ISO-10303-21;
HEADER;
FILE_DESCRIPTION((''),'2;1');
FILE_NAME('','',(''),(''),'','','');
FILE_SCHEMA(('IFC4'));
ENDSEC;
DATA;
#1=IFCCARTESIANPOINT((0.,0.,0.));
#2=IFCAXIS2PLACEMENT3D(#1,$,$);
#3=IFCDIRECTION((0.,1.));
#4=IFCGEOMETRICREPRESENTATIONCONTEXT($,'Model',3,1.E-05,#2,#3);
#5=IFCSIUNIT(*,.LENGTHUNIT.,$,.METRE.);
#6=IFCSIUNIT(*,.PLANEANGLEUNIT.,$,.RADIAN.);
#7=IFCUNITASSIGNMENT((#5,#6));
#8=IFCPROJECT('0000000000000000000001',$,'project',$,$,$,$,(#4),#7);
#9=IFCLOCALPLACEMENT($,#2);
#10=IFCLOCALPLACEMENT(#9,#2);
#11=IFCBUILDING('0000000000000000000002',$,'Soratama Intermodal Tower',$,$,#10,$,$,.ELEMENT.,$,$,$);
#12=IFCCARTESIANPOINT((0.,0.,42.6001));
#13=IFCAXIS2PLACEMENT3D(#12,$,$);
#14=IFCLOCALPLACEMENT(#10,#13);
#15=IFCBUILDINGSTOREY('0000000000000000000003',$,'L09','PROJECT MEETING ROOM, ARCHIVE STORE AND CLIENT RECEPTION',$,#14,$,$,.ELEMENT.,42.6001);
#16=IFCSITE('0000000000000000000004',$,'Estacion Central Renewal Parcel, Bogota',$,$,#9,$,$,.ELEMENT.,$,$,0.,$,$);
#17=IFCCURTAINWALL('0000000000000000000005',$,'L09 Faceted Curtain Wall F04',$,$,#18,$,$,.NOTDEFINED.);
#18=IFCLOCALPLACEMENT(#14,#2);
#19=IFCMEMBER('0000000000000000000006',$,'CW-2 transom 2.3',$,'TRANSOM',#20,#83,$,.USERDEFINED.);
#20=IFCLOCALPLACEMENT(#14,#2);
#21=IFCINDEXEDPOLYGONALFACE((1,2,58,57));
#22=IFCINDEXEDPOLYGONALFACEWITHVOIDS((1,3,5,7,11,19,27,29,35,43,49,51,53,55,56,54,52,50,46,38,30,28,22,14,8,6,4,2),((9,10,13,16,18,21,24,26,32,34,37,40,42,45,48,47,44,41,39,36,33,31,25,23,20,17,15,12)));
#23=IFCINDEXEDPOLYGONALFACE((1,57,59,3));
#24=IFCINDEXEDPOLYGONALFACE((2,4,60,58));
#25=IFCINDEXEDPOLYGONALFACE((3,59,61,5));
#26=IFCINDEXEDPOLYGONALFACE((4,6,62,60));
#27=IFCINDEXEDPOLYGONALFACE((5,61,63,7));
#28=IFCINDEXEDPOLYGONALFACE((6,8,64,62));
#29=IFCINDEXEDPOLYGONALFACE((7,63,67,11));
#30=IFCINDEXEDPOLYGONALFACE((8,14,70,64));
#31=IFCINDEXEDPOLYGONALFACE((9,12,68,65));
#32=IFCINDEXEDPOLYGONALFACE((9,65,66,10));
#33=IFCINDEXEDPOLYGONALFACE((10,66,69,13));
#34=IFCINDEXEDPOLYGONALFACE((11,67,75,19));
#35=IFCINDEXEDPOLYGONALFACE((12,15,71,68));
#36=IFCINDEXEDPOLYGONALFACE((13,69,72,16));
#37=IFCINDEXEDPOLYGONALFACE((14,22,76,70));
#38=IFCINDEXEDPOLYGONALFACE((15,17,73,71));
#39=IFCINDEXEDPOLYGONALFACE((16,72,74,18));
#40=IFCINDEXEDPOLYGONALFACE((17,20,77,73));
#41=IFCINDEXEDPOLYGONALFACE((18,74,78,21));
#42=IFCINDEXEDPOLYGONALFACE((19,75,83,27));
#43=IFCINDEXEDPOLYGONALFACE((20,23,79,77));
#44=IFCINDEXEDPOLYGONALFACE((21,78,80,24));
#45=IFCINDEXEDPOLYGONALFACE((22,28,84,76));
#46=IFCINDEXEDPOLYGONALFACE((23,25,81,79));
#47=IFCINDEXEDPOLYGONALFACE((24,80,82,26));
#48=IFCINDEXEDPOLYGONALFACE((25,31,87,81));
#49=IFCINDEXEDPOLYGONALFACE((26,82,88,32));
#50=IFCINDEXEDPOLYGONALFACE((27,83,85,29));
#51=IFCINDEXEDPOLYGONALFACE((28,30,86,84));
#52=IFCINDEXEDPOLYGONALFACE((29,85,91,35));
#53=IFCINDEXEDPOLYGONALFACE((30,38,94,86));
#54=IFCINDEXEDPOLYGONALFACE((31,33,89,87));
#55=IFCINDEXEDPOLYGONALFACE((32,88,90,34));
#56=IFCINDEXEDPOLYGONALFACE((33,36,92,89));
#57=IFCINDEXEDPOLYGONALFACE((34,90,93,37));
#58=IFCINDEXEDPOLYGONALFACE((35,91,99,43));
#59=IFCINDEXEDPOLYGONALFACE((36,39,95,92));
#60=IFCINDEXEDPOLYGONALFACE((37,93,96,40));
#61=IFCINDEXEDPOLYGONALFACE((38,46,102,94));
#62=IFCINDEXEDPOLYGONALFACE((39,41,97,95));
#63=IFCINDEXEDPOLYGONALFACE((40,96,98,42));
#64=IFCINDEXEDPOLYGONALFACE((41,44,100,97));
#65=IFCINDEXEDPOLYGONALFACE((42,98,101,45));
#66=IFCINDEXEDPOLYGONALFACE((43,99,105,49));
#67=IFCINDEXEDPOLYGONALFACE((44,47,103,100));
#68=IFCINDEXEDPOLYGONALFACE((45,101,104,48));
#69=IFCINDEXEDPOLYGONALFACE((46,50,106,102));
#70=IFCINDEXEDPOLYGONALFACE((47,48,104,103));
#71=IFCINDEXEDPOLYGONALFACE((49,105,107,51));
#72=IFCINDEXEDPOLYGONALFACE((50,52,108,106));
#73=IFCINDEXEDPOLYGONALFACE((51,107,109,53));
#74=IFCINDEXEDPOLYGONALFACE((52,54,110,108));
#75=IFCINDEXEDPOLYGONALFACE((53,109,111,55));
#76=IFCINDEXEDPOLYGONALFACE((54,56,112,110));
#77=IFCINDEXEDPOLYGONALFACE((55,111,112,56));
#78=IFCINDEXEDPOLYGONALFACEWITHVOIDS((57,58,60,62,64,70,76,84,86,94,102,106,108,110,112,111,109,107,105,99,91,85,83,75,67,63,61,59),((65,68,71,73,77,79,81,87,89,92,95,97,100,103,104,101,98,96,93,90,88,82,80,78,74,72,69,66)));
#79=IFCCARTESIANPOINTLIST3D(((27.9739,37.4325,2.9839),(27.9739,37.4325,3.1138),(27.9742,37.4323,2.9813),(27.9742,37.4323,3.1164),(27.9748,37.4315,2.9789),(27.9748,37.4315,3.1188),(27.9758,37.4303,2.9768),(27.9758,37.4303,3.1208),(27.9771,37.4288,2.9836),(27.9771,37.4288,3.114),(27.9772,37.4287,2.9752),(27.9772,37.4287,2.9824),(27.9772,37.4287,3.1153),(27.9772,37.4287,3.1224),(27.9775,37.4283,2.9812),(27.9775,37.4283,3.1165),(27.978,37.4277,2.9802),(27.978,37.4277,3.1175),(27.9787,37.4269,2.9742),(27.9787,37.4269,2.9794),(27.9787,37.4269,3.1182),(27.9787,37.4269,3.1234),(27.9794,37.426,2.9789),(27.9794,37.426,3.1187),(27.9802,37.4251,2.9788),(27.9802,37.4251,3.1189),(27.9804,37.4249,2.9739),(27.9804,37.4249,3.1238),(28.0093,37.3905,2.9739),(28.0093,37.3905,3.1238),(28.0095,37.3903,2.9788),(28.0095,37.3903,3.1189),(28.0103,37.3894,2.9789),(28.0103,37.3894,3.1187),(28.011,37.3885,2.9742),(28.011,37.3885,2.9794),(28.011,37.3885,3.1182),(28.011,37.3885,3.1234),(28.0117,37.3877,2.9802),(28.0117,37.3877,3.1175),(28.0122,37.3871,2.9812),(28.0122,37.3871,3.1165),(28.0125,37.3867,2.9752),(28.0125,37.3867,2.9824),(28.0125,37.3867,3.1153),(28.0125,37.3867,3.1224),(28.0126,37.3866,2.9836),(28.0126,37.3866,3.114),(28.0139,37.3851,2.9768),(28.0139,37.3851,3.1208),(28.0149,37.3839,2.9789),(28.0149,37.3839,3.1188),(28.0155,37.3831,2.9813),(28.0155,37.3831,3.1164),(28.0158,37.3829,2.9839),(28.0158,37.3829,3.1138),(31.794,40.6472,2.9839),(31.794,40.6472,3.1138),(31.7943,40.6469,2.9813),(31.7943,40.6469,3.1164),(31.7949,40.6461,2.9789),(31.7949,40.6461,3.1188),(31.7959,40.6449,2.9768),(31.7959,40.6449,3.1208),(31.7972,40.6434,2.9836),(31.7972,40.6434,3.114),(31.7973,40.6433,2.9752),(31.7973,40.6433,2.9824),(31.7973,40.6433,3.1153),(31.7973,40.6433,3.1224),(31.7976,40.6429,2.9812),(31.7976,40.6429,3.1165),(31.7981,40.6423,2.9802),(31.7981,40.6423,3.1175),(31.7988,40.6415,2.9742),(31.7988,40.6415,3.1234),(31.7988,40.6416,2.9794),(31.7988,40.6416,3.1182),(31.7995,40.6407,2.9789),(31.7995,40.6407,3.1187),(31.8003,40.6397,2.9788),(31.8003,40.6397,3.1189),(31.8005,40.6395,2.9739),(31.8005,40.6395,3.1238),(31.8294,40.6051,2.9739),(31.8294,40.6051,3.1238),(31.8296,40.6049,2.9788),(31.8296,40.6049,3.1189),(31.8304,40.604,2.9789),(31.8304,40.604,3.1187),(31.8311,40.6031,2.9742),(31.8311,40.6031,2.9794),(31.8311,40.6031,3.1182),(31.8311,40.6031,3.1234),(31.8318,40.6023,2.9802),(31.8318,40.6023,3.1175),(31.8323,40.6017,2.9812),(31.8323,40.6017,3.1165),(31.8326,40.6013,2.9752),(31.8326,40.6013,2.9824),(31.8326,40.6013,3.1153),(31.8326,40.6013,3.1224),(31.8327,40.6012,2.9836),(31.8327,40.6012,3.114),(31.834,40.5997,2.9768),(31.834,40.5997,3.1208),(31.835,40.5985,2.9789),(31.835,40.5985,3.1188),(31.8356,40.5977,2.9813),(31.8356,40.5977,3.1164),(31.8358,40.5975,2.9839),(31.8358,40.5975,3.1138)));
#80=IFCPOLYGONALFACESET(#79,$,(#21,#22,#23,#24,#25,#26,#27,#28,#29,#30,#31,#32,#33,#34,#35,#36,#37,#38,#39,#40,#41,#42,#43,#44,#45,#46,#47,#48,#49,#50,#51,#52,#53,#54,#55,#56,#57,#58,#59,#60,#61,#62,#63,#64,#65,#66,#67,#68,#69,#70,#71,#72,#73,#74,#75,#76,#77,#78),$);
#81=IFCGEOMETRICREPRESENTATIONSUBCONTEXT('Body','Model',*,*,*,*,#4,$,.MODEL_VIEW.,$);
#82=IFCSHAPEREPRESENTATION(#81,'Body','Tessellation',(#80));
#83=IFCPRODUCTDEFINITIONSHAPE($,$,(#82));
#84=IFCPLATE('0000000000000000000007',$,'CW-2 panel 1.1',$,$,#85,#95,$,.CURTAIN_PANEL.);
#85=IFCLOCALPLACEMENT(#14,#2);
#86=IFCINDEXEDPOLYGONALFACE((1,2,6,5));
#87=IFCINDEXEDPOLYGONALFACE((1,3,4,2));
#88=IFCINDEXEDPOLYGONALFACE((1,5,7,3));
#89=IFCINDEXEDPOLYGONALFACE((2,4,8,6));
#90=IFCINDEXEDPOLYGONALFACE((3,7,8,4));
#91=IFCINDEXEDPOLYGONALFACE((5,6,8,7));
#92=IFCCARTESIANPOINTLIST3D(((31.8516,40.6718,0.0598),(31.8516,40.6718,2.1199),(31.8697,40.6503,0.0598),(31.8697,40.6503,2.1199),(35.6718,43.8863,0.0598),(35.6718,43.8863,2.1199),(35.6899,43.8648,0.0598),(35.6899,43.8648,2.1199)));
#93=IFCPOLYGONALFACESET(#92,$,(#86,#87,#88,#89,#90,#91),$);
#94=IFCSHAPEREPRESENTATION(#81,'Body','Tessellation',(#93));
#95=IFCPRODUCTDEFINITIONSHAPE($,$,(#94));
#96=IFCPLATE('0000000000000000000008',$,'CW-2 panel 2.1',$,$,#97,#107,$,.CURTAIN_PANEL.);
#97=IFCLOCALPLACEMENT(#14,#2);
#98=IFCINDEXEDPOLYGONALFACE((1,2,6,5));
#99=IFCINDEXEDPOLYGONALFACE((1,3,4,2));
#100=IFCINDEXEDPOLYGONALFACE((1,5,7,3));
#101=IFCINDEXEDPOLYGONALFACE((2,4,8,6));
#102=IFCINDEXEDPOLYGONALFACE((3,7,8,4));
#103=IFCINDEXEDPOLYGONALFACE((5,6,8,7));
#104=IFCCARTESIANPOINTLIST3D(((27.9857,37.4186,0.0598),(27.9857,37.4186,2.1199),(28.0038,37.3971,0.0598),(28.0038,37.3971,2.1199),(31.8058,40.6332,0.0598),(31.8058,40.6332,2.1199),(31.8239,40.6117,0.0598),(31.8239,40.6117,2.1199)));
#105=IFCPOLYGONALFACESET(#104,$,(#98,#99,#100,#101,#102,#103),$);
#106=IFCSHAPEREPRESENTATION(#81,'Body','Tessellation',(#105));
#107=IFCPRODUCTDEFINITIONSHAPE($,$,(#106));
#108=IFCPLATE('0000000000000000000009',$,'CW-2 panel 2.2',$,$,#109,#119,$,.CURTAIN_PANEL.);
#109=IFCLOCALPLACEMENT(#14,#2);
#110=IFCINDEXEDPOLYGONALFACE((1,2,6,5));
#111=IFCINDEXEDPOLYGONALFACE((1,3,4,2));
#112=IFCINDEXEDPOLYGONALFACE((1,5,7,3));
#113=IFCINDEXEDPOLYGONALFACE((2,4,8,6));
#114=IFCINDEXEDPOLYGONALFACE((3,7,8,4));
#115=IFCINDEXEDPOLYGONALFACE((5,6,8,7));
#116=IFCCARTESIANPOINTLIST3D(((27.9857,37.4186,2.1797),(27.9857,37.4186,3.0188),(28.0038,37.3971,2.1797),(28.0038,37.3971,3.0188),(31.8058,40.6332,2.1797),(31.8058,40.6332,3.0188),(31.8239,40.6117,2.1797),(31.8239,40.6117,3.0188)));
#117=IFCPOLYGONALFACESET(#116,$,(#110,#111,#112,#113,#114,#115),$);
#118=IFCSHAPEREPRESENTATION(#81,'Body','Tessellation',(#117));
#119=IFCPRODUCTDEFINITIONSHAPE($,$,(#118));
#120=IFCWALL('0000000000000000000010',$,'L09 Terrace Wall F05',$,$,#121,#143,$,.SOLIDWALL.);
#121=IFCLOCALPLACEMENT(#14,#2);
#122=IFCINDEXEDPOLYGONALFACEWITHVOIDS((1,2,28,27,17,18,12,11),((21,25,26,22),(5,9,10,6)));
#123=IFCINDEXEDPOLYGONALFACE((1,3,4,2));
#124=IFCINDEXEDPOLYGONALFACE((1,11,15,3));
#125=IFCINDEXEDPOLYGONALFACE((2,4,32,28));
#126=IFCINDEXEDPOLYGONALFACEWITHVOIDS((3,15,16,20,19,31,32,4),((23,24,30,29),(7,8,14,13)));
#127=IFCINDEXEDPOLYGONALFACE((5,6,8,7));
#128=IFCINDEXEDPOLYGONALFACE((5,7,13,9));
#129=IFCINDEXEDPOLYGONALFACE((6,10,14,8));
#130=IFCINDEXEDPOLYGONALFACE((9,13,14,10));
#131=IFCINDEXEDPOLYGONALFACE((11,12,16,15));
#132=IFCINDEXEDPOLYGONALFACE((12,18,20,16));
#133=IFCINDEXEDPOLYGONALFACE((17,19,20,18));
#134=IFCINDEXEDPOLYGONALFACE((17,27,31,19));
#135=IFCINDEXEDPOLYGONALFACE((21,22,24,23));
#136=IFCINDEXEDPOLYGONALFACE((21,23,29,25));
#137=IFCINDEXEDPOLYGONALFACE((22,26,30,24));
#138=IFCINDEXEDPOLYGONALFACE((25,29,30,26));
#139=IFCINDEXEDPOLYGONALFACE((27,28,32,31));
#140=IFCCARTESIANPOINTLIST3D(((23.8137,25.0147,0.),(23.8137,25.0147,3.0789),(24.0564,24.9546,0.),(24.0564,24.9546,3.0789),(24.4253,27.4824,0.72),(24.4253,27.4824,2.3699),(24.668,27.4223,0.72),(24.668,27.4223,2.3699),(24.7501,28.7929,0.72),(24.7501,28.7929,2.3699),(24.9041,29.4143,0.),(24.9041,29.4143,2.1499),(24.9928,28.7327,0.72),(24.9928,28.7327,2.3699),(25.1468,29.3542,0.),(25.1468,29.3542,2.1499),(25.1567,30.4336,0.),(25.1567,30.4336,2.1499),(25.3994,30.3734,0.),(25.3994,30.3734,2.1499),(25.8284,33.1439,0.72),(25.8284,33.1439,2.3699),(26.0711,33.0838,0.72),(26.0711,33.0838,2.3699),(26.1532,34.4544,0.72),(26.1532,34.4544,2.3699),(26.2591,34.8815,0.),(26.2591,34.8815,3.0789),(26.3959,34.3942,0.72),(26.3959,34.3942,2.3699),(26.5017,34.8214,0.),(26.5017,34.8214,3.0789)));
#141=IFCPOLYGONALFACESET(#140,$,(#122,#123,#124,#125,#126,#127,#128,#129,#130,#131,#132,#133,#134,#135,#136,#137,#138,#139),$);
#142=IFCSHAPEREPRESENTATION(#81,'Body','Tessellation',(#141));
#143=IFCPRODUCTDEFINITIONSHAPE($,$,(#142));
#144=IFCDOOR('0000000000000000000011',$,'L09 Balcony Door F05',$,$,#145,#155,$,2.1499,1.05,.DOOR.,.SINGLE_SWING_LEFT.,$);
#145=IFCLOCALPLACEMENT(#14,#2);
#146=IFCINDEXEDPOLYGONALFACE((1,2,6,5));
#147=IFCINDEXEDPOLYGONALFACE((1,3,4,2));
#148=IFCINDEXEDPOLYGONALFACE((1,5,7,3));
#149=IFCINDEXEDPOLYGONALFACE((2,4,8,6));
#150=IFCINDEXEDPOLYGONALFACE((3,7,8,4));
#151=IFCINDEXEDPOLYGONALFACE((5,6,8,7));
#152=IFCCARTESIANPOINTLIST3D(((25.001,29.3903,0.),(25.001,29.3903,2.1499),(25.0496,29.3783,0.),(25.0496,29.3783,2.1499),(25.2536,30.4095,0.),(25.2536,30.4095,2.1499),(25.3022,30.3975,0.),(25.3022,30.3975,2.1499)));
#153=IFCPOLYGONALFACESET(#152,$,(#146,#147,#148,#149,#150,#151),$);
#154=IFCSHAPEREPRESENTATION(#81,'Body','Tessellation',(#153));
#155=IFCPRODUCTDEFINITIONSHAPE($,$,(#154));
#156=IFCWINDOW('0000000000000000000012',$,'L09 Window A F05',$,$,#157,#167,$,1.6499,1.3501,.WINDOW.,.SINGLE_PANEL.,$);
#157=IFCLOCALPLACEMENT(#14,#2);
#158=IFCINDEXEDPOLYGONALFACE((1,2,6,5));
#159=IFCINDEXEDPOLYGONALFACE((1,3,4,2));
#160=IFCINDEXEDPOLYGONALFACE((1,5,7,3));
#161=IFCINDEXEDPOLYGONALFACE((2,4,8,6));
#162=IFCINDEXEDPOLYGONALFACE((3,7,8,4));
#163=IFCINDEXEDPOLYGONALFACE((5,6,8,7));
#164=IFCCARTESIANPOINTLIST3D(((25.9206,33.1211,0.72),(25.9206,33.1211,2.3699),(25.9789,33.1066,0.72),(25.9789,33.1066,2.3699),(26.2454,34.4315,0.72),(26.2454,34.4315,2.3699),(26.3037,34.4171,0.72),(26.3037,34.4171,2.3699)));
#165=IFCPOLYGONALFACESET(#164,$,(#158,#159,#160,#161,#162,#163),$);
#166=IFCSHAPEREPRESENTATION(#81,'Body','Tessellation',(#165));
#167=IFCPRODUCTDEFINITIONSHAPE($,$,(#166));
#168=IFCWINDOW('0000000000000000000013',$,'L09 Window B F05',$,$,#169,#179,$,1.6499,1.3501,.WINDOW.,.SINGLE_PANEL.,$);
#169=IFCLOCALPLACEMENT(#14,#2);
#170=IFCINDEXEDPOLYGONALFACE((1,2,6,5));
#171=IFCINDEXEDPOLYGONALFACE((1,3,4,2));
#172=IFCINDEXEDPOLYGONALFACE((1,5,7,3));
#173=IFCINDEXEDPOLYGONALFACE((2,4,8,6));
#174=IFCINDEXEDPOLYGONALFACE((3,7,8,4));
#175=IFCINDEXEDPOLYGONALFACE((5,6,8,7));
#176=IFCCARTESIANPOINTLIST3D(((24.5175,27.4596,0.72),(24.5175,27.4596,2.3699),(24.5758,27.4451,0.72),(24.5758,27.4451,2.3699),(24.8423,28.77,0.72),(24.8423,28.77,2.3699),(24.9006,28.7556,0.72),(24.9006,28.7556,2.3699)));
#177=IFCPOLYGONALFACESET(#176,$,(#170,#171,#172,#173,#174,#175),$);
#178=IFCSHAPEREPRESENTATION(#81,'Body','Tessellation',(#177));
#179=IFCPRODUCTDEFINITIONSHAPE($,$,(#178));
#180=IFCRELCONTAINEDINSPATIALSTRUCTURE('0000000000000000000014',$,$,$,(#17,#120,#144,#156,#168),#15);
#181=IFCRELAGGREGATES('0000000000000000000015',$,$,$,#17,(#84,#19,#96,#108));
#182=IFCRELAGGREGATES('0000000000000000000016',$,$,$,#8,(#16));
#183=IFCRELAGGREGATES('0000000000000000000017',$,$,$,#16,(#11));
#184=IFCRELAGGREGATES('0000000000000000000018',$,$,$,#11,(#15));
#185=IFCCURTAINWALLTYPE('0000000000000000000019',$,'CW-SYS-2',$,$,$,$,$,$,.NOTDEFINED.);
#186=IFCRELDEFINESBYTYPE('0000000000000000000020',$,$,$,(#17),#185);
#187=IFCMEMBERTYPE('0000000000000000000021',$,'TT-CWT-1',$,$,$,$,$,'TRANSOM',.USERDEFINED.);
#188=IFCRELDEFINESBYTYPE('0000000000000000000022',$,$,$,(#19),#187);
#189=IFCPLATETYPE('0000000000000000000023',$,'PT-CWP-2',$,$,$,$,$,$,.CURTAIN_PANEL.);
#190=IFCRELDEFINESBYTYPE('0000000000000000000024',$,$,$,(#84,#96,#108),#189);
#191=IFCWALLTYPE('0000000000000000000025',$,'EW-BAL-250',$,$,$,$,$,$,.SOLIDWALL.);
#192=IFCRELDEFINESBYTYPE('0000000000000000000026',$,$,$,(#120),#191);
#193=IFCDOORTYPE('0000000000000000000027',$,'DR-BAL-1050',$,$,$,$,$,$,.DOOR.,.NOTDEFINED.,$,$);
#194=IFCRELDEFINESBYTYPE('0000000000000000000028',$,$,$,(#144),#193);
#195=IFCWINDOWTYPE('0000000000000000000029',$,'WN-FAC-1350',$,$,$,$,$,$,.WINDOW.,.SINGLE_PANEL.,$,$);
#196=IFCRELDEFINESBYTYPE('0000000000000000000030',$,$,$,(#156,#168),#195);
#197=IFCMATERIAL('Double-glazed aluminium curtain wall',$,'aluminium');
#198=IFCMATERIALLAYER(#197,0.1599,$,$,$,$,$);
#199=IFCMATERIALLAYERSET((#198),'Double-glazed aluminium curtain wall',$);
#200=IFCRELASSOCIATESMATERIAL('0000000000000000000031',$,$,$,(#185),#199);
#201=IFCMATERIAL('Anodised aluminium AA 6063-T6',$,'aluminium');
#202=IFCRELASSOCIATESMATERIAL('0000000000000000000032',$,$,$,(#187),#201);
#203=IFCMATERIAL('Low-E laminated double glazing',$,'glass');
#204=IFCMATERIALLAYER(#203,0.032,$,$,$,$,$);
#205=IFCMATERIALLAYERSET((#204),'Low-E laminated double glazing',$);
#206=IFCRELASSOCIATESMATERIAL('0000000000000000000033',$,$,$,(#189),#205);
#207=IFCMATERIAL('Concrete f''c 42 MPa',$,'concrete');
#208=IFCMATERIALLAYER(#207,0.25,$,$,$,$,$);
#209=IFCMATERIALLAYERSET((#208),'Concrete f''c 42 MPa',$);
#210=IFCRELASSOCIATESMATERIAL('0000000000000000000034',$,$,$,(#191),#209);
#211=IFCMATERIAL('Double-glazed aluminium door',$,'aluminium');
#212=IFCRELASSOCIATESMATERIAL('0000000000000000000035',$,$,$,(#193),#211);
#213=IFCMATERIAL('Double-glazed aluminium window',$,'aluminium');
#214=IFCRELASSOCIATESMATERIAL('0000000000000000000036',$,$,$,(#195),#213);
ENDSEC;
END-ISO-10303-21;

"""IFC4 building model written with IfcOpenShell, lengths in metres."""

from ifc_helpers import new_model, si_unit, direction, frame, frame_2d, origin, origin_2d, place, context, subcontext, project, spatial, rectangle, hollow_rectangle, extrude, material, layer, layer_set, material_profile, profile_set, type_object, element, fill, aggregate, save


model = new_model("IFC4")

# Units and contexts
model_context = context("Model", 3, precision=1e-05, world=origin(), true_north=direction((0.0, 1.0)))
body_context = subcontext(model_context, "Body", "Model", "MODEL_VIEW")
ifc_project = project(units=[si_unit("LENGTHUNIT", "METRE"), si_unit("PLANEANGLEUNIT", "RADIAN")], contexts=[model_context])

# Site, building, storey
site_placement = place(None, origin())
site = spatial("IfcSite", under=ifc_project, at=site_placement, Name="Estacion Central Renewal Parcel, Bogota", CompositionType="ELEMENT", RefElevation=0.0)
building_placement = place(site_placement, origin())
building = spatial("IfcBuilding", under=site, at=building_placement, Name="Soratama Intermodal Tower", CompositionType="ELEMENT")
storey_placement = place(building_placement, frame((0.0, 0.0, 42.6001)))
storey = spatial("IfcBuildingStorey", under=building, at=storey_placement, Name="L09", Description="PROJECT MEETING ROOM, ARCHIVE STORE AND CLIENT RECEPTION", CompositionType="ELEMENT", Elevation=42.6001)

# Curtain wall, member, plates
ifc_material_1 = material(Name="Double-glazed aluminium curtain wall", Category="aluminium")
ifc_layer_1 = layer(ifc_material_1, 0.1599)
ifc_layer_set_1 = layer_set([ifc_layer_1], Name="Double-glazed aluminium curtain wall")
curtain_wall_type = type_object("IfcCurtainWallType", Name="CW-SYS-2", PredefinedType="NOTDEFINED", material=ifc_layer_set_1)
curtain_wall_placement = place(storey_placement, origin())
curtain_wall = element("IfcCurtainWall", 1, at=curtain_wall_placement, inside=storey, type_object=curtain_wall_type, Name="L09 Faceted Curtain Wall F04", PredefinedType="NOTDEFINED")
ifc_material_2 = material(Name="Anodised aluminium AA 6063-T6", Category="aluminium")
ifc_material_profile_1 = material_profile(ifc_material_2, hollow_rectangle(XDim=0.0649, YDim=0.1499, WallThickness=0.0049, InnerFilletRadius=0.0049, OuterFilletRadius=0.01, at=origin_2d()), Name="CWT150X65X5")
ifc_profile_set_1 = profile_set([ifc_material_profile_1], Name="Anodised aluminium AA 6063-T6")
member_type_1 = type_object("IfcMemberType", Name="TT-CWT-1", ElementType="TRANSOM", PredefinedType="USERDEFINED", material=ifc_profile_set_1)
member_1_placement = place(storey_placement, frame((31.8149, 40.6223, 3.0488), z_axis=(-0.765138, -0.643866, 0.0), x_axis=(0.643866, -0.765138, 0.0)))
member_1 = element("IfcMember", 2, at=member_1_placement, type_object=member_type_1, Name="CW-2 transom 2.3", ObjectType="TRANSOM", PredefinedType="USERDEFINED", context=body_context, shape_type="SweptSolid", body=[
    extrude(hollow_rectangle(XDim=0.0649, YDim=0.1499, WallThickness=0.0049, InnerFilletRadius=0.0049, OuterFilletRadius=0.01, at=origin_2d()), origin(), (0.0, 0.0, 1.0), 4.9927),
])
ifc_material_3 = material(Name="Low-E laminated double glazing", Category="glass")
ifc_layer_2 = layer(ifc_material_3, 0.032)
ifc_layer_set_2 = layer_set([ifc_layer_2], Name="Low-E laminated double glazing")
plate_type = type_object("IfcPlateType", Name="PT-CWP-2", PredefinedType="CURTAIN_PANEL", material=ifc_layer_set_2)
plate_1_placement = place(storey_placement, frame((33.7708, 42.2683, 0.0598), z_axis=(0.0, 0.0, 1.0), x_axis=(-0.765149, -0.643853, 0.0)))
plate_1 = element("IfcPlate", 3, at=plate_1_placement, type_object=plate_type, Name="CW-2 panel 1.1", PredefinedType="CURTAIN_PANEL", context=body_context, shape_type="SweptSolid", body=[
    extrude(rectangle(XDim=4.9927, YDim=0.0281, at=origin_2d()), origin(), (0.0, 0.0, 1.0), 2.0601),
])
plate_2_placement = place(storey_placement, frame((29.9048, 39.0151, 0.0598), z_axis=(0.0, 0.0, 1.0), x_axis=(-0.765149, -0.643853, 0.0)))
plate_2 = element("IfcPlate", 4, at=plate_2_placement, type_object=plate_type, Name="CW-2 panel 2.1", PredefinedType="CURTAIN_PANEL", context=body_context, shape_type="SweptSolid", body=[
    extrude(rectangle(XDim=4.9927, YDim=0.0281, at=origin_2d()), origin(), (0.0, 0.0, 1.0), 2.0601),
])
plate_3_placement = place(storey_placement, frame((29.9048, 39.0151, 2.1797), z_axis=(0.0, 0.0, 1.0), x_axis=(-0.765149, -0.643853, 0.0)))
plate_3 = element("IfcPlate", 5, at=plate_3_placement, type_object=plate_type, Name="CW-2 panel 2.2", PredefinedType="CURTAIN_PANEL", context=body_context, shape_type="SweptSolid", body=[
    extrude(rectangle(XDim=4.9927, YDim=0.0281, at=origin_2d()), origin(), (0.0, 0.0, 1.0), 0.8391),
])
aggregate(curtain_wall, [plate_1, member_1, plate_2, plate_3])

# Wall, openings, door, windows
ifc_material_4 = material(Name="Concrete f'c 42 MPa", Category="concrete")
ifc_layer_3 = layer(ifc_material_4, 0.25)
ifc_layer_set_3 = layer_set([ifc_layer_3], Name="Concrete f'c 42 MPa")
wall_type_1 = type_object("IfcWallType", Name="EW-BAL-250", PredefinedType="SOLIDWALL", material=ifc_layer_set_3)
wall_1_placement = place(storey_placement, frame((26.3804, 34.8513, 0.0), z_axis=(0.0, 0.0, 1.0), x_axis=(-0.240557, -0.970635, 0.0)))
wall_1 = element("IfcWall", 6, at=wall_1_placement, inside=storey, type_object=wall_type_1, Name="L09 Terrace Wall F05", PredefinedType="SOLIDWALL", context=body_context, shape_type="SweptSolid", body=[
    extrude(rectangle(XDim=10.1653, YDim=0.25, at=frame_2d((5.0825, 0.0))), origin(), (0.0, 0.0, 1.0), 3.0789),
])
opening_1_placement = place(wall_1_placement, frame((4.5825, 0.0, 0.0)))
opening_1 = element("IfcOpeningElement", 7, at=opening_1_placement, cuts=wall_1, PredefinedType="OPENING", context=body_context, shape_type="SweptSolid", body=[
    extrude(rectangle(XDim=1.05, YDim=2.1499, at=frame_2d((0.5249, 1.075))), frame((0.0, 0.135, 0.0), z_axis=(0.0, -1.0, 0.0), x_axis=(1.0, 0.0, 0.0)), (0.0, 0.0, 1.0), 0.27),
])
opening_2_placement = place(wall_1_placement, frame((0.4399, 0.0, 0.72)))
opening_2 = element("IfcOpeningElement", 8, at=opening_2_placement, cuts=wall_1, PredefinedType="OPENING", context=body_context, shape_type="SweptSolid", body=[
    extrude(rectangle(XDim=1.3501, YDim=1.6499, at=frame_2d((0.675, 0.825))), frame((0.0, 0.135, 0.0), z_axis=(0.0, -1.0, 0.0), x_axis=(1.0, 0.0, 0.0)), (0.0, 0.0, 1.0), 0.27),
])
opening_3_placement = place(wall_1_placement, frame((6.2727, 0.0, 0.72)))
opening_3 = element("IfcOpeningElement", 9, at=opening_3_placement, cuts=wall_1, PredefinedType="OPENING", context=body_context, shape_type="SweptSolid", body=[
    extrude(rectangle(XDim=1.3501, YDim=1.6499, at=frame_2d((0.675, 0.825))), frame((0.0, 0.135, 0.0), z_axis=(0.0, -1.0, 0.0), x_axis=(1.0, 0.0, 0.0)), (0.0, 0.0, 1.0), 0.27),
])
ifc_material_5 = material(Name="Double-glazed aluminium door", Category="aluminium")
door_type_1 = type_object("IfcDoorType", Name="DR-BAL-1050", OperationType="NOTDEFINED", PredefinedType="DOOR", material=ifc_material_5)
door_1_placement = place(opening_1_placement, origin())
door_1 = element("IfcDoor", 10, at=door_1_placement, inside=storey, type_object=door_type_1, Name="L09 Balcony Door F05", OperationType="SINGLE_SWING_LEFT", OverallHeight=2.1499, OverallWidth=1.05, PredefinedType="DOOR", context=body_context, shape_type="SweptSolid", body=[
    extrude(rectangle(XDim=1.05, YDim=2.1499, at=frame_2d((0.5249, 1.075))), frame((0.0, 0.0249, 0.0), z_axis=(0.0, -1.0, 0.0), x_axis=(1.0, 0.0, 0.0)), (0.0, 0.0, 1.0), 0.05),
])
fill(opening_1, door_1)
ifc_material_6 = material(Name="Double-glazed aluminium window", Category="aluminium")
window_type_1 = type_object("IfcWindowType", Name="WN-FAC-1350", PartitioningType="SINGLE_PANEL", PredefinedType="WINDOW", material=ifc_material_6)
window_1_placement = place(opening_2_placement, origin())
window_1 = element("IfcWindow", 11, at=window_1_placement, inside=storey, type_object=window_type_1, Name="L09 Window A F05", OverallHeight=1.6499, OverallWidth=1.3501, PartitioningType="SINGLE_PANEL", PredefinedType="WINDOW", context=body_context, shape_type="SweptSolid", body=[
    extrude(rectangle(XDim=1.3501, YDim=1.6499, at=frame_2d((0.675, 0.825))), frame((0.0, 0.03, 0.0), z_axis=(0.0, -1.0, 0.0), x_axis=(1.0, 0.0, 0.0)), (0.0, 0.0, 1.0), 0.0601),
])
fill(opening_2, window_1)
window_2_placement = place(opening_3_placement, origin())
window_2 = element("IfcWindow", 12, at=window_2_placement, inside=storey, type_object=window_type_1, Name="L09 Window B F05", OverallHeight=1.6499, OverallWidth=1.3501, PartitioningType="SINGLE_PANEL", PredefinedType="WINDOW", context=body_context, shape_type="SweptSolid", body=[
    extrude(rectangle(XDim=1.3501, YDim=1.6499, at=frame_2d((0.675, 0.825))), frame((0.0, 0.03, 0.0), z_axis=(0.0, -1.0, 0.0), x_axis=(1.0, 0.0, 0.0)), (0.0, 0.0, 1.0), 0.0601),
])
fill(opening_3, window_2)

save(model, "model.ifc")
